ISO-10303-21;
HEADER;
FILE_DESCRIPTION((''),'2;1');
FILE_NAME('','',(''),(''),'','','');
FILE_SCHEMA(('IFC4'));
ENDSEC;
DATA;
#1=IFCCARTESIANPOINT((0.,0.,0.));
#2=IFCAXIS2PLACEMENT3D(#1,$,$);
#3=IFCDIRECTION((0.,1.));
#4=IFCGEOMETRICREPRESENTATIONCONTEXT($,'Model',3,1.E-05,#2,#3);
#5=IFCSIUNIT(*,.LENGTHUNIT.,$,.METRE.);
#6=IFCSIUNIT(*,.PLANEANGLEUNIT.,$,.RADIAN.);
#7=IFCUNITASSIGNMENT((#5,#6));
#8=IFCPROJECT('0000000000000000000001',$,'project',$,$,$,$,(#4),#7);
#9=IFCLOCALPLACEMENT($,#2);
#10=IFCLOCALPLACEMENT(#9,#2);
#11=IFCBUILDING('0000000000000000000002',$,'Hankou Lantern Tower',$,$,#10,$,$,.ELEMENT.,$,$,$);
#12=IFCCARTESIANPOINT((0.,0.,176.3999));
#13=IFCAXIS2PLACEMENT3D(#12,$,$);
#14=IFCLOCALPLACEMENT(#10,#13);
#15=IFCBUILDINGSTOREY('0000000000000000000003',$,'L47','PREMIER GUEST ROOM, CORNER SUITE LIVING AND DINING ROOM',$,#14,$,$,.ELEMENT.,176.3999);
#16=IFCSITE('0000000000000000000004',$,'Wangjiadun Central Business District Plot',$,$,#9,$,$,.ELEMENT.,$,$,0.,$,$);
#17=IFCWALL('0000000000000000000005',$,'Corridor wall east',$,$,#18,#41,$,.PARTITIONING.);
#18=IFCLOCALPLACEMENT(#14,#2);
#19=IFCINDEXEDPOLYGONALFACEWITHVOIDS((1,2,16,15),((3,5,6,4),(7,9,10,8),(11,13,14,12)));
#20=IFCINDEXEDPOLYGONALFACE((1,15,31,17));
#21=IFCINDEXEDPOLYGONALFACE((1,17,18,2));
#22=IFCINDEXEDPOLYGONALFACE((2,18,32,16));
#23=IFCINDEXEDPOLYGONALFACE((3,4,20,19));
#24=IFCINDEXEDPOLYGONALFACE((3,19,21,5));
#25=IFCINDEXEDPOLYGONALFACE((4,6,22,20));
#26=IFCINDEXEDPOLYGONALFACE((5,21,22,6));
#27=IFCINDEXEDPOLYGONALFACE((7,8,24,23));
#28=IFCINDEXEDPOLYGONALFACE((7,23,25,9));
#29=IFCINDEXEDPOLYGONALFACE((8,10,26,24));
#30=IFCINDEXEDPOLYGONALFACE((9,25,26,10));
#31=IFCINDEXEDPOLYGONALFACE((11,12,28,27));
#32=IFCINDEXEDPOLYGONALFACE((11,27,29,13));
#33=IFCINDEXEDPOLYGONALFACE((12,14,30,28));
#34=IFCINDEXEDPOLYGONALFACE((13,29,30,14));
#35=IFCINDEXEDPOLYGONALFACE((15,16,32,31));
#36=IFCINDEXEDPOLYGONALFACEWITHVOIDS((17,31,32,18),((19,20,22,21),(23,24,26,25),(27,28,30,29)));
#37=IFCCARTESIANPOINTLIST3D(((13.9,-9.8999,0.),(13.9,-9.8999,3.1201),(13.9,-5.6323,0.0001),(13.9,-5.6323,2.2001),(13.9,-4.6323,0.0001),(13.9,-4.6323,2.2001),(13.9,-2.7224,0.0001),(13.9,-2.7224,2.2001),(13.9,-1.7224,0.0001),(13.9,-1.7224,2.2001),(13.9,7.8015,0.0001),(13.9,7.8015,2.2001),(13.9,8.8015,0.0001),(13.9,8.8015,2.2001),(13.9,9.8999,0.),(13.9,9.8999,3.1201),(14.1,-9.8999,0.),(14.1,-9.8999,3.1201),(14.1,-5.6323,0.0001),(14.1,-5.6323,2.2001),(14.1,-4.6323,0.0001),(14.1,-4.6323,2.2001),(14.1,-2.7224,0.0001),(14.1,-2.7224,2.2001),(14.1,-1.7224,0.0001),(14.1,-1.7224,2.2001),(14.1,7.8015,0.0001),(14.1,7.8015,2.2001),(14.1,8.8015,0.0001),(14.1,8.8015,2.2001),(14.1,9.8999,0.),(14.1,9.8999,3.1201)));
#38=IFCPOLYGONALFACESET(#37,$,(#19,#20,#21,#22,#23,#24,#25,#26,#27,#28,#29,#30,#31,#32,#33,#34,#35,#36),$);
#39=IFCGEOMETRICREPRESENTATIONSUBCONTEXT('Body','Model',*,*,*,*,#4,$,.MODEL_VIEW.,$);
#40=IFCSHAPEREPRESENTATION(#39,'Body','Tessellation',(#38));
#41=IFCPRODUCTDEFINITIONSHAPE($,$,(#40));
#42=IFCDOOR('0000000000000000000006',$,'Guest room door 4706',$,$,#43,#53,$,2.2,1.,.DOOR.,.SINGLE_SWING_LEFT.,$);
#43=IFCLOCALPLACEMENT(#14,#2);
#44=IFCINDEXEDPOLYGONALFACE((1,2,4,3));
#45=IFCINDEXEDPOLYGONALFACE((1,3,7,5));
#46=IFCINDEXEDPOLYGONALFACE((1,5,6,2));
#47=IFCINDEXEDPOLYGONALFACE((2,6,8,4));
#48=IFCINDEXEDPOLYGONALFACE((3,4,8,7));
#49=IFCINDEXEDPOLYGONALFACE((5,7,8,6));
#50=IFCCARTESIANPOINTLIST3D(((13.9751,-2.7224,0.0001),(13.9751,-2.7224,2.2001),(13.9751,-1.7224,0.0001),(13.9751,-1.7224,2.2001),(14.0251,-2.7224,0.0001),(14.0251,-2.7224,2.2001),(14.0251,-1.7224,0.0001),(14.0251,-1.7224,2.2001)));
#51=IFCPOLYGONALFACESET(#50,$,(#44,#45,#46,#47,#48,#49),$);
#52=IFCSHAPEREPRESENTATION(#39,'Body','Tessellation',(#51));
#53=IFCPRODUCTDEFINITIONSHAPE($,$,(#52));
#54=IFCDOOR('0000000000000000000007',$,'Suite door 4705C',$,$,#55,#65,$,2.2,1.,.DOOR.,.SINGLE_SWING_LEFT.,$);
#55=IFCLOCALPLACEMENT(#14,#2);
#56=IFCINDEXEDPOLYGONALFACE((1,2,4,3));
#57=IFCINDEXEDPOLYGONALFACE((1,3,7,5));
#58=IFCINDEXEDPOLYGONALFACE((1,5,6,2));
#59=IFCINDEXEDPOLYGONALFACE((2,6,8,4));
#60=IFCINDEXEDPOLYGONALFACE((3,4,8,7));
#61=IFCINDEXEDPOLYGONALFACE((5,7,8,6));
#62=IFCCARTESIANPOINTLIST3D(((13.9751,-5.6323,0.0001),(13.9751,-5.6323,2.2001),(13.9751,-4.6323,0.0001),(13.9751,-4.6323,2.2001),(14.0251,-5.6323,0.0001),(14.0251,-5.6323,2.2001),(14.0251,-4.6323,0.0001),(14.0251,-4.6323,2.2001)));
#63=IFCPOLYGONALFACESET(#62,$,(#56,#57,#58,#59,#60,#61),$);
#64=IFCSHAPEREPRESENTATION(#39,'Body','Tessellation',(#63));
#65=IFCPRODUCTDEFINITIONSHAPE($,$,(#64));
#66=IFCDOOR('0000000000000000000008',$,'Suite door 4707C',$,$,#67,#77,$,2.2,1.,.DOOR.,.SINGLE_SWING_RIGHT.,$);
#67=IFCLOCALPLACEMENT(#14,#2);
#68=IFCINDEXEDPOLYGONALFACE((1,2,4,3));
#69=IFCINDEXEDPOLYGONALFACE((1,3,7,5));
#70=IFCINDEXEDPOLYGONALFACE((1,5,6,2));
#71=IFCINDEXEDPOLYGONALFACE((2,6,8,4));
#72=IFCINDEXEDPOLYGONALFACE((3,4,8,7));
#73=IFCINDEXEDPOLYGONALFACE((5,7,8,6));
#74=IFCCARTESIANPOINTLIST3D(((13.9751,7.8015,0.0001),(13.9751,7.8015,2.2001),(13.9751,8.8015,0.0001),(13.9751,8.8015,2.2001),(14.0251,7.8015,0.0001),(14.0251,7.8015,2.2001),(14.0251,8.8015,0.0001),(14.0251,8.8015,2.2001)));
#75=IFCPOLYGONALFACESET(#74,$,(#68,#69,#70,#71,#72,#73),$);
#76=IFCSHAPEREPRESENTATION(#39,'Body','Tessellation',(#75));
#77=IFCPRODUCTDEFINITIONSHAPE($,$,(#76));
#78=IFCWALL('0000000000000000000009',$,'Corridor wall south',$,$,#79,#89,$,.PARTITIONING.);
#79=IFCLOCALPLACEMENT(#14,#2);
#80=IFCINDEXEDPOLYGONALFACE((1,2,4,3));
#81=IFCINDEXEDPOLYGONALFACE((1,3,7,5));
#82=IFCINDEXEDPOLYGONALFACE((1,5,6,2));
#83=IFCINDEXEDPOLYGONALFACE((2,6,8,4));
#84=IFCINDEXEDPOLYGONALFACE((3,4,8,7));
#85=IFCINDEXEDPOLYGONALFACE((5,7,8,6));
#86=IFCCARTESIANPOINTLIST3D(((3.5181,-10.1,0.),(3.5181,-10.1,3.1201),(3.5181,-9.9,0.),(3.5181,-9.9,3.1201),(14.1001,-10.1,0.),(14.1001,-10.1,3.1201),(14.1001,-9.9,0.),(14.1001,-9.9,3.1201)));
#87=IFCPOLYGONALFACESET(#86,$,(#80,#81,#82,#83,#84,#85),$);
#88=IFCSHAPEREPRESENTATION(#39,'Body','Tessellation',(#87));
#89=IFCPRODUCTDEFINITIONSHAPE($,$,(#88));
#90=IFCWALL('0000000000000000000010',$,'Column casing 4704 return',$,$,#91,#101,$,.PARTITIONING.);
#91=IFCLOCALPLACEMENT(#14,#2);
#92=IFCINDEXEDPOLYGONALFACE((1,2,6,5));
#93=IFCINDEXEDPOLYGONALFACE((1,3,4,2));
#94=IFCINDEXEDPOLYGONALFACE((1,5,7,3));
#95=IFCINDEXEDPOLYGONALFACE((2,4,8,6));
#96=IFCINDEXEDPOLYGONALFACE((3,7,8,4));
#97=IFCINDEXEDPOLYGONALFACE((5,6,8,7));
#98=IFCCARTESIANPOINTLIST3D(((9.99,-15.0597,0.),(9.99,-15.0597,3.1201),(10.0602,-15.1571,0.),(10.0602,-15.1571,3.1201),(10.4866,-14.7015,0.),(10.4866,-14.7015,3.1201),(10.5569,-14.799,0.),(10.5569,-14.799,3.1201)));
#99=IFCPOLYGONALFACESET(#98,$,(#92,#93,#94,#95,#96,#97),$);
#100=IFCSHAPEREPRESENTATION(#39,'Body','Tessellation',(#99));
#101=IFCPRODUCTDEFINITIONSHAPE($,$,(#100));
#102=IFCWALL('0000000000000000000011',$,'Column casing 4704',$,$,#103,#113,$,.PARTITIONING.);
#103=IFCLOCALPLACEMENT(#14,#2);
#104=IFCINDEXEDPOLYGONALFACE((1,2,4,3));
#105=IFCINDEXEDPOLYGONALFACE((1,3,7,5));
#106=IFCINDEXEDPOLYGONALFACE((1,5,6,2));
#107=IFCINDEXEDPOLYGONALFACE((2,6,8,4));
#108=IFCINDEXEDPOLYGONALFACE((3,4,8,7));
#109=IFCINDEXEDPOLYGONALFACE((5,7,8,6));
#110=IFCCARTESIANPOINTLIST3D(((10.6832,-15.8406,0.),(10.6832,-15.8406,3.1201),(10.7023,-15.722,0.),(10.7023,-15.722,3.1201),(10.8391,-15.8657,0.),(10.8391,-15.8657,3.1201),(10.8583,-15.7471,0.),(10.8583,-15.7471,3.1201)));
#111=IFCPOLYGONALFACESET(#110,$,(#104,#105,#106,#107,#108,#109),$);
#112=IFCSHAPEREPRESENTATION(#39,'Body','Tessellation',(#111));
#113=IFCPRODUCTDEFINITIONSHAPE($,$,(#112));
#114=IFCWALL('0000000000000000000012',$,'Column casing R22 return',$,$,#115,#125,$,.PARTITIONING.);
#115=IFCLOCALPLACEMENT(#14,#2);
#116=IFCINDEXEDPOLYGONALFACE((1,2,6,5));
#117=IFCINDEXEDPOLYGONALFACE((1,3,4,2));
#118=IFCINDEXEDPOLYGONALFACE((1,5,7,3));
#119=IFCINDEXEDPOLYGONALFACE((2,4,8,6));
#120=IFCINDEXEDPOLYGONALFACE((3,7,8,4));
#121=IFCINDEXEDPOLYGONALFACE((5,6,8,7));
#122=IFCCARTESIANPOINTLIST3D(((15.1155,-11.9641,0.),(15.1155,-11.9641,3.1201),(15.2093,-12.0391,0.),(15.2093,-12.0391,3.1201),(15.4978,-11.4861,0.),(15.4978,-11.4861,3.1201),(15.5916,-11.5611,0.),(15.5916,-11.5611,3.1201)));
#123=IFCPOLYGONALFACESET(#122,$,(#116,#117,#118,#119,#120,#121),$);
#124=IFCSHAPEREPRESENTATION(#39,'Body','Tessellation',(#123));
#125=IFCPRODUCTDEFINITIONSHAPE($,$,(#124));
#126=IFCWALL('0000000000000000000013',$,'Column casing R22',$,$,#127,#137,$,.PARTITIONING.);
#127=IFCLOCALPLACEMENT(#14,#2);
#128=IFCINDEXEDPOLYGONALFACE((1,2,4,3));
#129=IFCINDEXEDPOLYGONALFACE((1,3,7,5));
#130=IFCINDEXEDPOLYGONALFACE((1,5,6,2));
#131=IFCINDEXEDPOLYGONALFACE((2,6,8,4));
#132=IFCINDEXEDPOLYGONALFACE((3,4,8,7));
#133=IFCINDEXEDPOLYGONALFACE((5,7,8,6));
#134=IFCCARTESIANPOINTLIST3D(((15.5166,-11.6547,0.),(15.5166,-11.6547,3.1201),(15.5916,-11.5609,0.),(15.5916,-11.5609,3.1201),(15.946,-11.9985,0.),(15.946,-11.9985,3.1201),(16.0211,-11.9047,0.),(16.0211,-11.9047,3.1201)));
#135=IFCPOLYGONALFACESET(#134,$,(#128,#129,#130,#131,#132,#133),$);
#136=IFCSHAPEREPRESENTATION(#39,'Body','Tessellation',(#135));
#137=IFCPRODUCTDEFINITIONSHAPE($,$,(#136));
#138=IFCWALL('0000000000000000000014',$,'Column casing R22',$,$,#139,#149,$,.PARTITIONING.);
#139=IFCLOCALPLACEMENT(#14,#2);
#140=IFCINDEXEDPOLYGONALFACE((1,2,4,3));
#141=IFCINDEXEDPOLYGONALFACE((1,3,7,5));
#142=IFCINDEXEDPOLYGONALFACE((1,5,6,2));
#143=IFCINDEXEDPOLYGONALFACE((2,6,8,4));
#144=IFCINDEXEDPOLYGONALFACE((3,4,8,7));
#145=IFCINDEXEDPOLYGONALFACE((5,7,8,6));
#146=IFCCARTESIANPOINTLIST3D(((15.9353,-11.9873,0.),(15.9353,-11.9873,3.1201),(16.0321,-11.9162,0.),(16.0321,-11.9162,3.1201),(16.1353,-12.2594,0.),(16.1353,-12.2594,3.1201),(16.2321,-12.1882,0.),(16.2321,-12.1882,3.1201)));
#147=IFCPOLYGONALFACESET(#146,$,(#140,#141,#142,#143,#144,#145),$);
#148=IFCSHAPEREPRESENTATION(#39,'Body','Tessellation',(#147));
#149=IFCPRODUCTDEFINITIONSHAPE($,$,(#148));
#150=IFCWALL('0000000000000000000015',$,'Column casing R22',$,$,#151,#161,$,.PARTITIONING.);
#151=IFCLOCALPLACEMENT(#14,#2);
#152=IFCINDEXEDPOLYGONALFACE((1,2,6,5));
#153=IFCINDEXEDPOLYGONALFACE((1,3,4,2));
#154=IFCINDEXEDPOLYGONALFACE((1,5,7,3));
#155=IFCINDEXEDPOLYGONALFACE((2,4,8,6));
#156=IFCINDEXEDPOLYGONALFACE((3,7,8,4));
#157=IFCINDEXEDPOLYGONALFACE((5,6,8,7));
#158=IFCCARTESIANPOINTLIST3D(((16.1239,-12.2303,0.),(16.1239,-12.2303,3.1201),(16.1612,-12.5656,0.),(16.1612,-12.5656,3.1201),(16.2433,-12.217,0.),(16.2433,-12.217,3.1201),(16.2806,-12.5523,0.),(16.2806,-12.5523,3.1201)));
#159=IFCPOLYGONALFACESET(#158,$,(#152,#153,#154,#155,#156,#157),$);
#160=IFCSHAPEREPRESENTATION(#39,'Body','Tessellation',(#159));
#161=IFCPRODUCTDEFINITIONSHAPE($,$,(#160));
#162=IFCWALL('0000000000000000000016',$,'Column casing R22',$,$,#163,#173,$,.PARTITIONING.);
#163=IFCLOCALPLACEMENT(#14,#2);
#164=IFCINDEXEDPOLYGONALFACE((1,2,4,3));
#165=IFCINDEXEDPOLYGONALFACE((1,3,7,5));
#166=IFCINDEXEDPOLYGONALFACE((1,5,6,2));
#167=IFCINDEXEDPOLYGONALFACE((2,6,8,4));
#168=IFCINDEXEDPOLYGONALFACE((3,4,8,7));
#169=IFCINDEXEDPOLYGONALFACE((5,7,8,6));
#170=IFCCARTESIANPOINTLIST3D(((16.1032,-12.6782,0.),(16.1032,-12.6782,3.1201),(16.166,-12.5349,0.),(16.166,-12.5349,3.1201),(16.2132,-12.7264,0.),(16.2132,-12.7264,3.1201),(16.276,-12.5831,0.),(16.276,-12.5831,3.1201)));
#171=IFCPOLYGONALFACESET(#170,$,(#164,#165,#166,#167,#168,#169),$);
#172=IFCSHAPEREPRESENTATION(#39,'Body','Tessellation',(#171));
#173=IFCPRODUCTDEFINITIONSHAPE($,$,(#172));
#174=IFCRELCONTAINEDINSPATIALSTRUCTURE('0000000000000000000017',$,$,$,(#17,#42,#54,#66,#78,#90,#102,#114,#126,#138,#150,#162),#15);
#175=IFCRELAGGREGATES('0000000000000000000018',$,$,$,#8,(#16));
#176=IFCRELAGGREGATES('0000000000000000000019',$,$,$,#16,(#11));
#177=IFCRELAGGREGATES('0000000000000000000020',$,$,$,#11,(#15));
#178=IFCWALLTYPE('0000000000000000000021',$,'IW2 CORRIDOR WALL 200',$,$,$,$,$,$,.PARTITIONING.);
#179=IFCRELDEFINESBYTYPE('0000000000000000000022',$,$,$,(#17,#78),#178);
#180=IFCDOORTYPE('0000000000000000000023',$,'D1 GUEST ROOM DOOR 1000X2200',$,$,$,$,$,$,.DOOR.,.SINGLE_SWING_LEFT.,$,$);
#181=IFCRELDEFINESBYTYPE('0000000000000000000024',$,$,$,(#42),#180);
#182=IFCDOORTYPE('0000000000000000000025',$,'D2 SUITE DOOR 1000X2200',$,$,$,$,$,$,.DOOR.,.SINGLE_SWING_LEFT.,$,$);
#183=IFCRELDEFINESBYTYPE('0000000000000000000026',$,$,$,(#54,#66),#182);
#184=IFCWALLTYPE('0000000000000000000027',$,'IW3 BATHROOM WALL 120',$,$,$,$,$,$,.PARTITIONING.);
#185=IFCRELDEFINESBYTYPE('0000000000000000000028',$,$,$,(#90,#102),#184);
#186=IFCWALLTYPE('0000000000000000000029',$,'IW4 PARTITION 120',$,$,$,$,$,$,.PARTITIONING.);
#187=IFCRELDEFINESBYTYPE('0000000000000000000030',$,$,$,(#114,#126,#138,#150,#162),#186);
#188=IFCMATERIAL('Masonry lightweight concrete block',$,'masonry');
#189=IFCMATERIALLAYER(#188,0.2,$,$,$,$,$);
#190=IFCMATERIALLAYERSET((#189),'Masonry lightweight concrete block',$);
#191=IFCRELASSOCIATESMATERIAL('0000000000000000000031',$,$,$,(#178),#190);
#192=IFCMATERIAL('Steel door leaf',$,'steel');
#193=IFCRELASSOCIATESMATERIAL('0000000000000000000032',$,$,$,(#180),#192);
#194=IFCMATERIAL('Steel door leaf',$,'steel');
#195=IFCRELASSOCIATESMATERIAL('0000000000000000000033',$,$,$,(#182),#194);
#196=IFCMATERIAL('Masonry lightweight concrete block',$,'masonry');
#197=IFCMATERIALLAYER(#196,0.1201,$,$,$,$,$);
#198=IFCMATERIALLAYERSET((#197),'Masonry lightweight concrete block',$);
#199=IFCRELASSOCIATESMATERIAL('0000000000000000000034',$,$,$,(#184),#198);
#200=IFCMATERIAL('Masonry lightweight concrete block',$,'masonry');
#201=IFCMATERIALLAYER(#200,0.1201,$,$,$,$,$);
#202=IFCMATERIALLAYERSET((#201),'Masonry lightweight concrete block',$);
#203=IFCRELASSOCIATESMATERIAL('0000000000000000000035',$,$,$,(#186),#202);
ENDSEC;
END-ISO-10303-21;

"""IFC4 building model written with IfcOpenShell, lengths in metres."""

from ifc_helpers import new_model, si_unit, direction, frame, frame_2d, origin, place, context, subcontext, project, spatial, rectangle, extrude, material, layer, layer_set, type_object, element, fill, save


model = new_model("IFC4")

# Units and contexts
model_context = context("Model", 3, precision=1e-05, world=origin(), true_north=direction((0.0, 1.0)))
body_context = subcontext(model_context, "Body", "Model", "MODEL_VIEW")
ifc_project = project(units=[si_unit("LENGTHUNIT", "METRE"), si_unit("PLANEANGLEUNIT", "RADIAN")], contexts=[model_context])

# Site, building, storey
site_placement = place(None, origin())
site = spatial("IfcSite", under=ifc_project, at=site_placement, Name="Wangjiadun Central Business District Plot", CompositionType="ELEMENT", RefElevation=0.0)
building_placement = place(site_placement, origin())
building = spatial("IfcBuilding", under=site, at=building_placement, Name="Hankou Lantern Tower", CompositionType="ELEMENT")
storey_placement = place(building_placement, frame((0.0, 0.0, 176.3999)))
storey = spatial("IfcBuildingStorey", under=building, at=storey_placement, Name="L47", Description="PREMIER GUEST ROOM, CORNER SUITE LIVING AND DINING ROOM", CompositionType="ELEMENT", Elevation=176.3999)

# Wall, openings, doors
ifc_material_1 = material(Name="Masonry lightweight concrete block", Category="masonry")
ifc_layer_1 = layer(ifc_material_1, 0.2)
ifc_layer_set_1 = layer_set([ifc_layer_1], Name="Masonry lightweight concrete block")
wall_type_1 = type_object("IfcWallType", Name="IW2 CORRIDOR WALL 200", PredefinedType="PARTITIONING", material=ifc_layer_set_1)
wall_1_placement = place(storey_placement, frame((14.0, -9.8999, 0.0), z_axis=(0.0, 0.0, 1.0), x_axis=(0.0, 1.0, 0.0)))
wall_1 = element("IfcWall", 1, at=wall_1_placement, inside=storey, type_object=wall_type_1, Name="Corridor wall east", PredefinedType="PARTITIONING", context=body_context, shape_type="SweptSolid", body=[
    extrude(rectangle(XDim=19.7998, YDim=0.2, at=frame_2d((9.8999, 0.0))), origin(), (0.0, 0.0, 1.0), 3.1201),
])
opening_1_placement = place(wall_1_placement, frame((4.2676, 0.0, 0.0)))
opening_1 = element("IfcOpeningElement", 2, at=opening_1_placement, cuts=wall_1, PredefinedType="OPENING", context=body_context, shape_type="SweptSolid", body=[
    extrude(rectangle(XDim=1.0, YDim=2.2, at=frame_2d((0.5, 1.1001))), frame((0.0, 0.1099, 0.0), z_axis=(0.0, -1.0, 0.0), x_axis=(1.0, 0.0, 0.0)), (0.0, 0.0, 1.0), 0.22),
])
opening_2_placement = place(wall_1_placement, frame((7.1775, 0.0, 0.0)))
opening_2 = element("IfcOpeningElement", 3, at=opening_2_placement, cuts=wall_1, PredefinedType="OPENING", context=body_context, shape_type="SweptSolid", body=[
    extrude(rectangle(XDim=1.0, YDim=2.2, at=frame_2d((0.5, 1.1001))), frame((0.0, 0.1099, 0.0), z_axis=(0.0, -1.0, 0.0), x_axis=(1.0, 0.0, 0.0)), (0.0, 0.0, 1.0), 0.22),
])
opening_3_placement = place(wall_1_placement, frame((17.7014, 0.0, 0.0)))
opening_3 = element("IfcOpeningElement", 4, at=opening_3_placement, cuts=wall_1, PredefinedType="OPENING", context=body_context, shape_type="SweptSolid", body=[
    extrude(rectangle(XDim=1.0, YDim=2.2, at=frame_2d((0.5, 1.1001))), frame((0.0, 0.1099, 0.0), z_axis=(0.0, -1.0, 0.0), x_axis=(1.0, 0.0, 0.0)), (0.0, 0.0, 1.0), 0.22),
])
ifc_material_2 = material(Name="Steel door leaf", Category="steel")
door_type_1 = type_object("IfcDoorType", Name="D1 GUEST ROOM DOOR 1000X2200", OperationType="SINGLE_SWING_LEFT", PredefinedType="DOOR", material=ifc_material_2)
door_1_placement = place(opening_2_placement, origin())
door_1 = element("IfcDoor", 5, at=door_1_placement, inside=storey, type_object=door_type_1, Name="Guest room door 4706", OperationType="SINGLE_SWING_LEFT", OverallHeight=2.2, OverallWidth=1.0, PredefinedType="DOOR", context=body_context, shape_type="SweptSolid", body=[
    extrude(rectangle(XDim=1.0, YDim=2.2, at=frame_2d((0.5, 1.1001))), frame((0.0, 0.0249, 0.0), z_axis=(0.0, -1.0, 0.0), x_axis=(1.0, 0.0, 0.0)), (0.0, 0.0, 1.0), 0.05),
])
fill(opening_2, door_1)
ifc_material_3 = material(Name="Steel door leaf", Category="steel")
door_type_2 = type_object("IfcDoorType", Name="D2 SUITE DOOR 1000X2200", OperationType="SINGLE_SWING_LEFT", PredefinedType="DOOR", material=ifc_material_3)
door_2_placement = place(opening_1_placement, origin())
door_2 = element("IfcDoor", 6, at=door_2_placement, inside=storey, type_object=door_type_2, Name="Suite door 4705C", OperationType="SINGLE_SWING_LEFT", OverallHeight=2.2, OverallWidth=1.0, PredefinedType="DOOR", context=body_context, shape_type="SweptSolid", body=[
    extrude(rectangle(XDim=1.0, YDim=2.2, at=frame_2d((0.5, 1.1001))), frame((0.0, 0.0249, 0.0), z_axis=(0.0, -1.0, 0.0), x_axis=(1.0, 0.0, 0.0)), (0.0, 0.0, 1.0), 0.05),
])
fill(opening_1, door_2)
door_3_placement = place(opening_3_placement, origin())
door_3 = element("IfcDoor", 7, at=door_3_placement, inside=storey, type_object=door_type_2, Name="Suite door 4707C", OperationType="SINGLE_SWING_RIGHT", OverallHeight=2.2, OverallWidth=1.0, PredefinedType="DOOR", context=body_context, shape_type="SweptSolid", body=[
    extrude(rectangle(XDim=1.0, YDim=2.2, at=frame_2d((0.5, 1.1001))), frame((0.0, 0.0249, 0.0), z_axis=(0.0, -1.0, 0.0), x_axis=(1.0, 0.0, 0.0)), (0.0, 0.0, 1.0), 0.05),
])
fill(opening_3, door_3)

# Walls
wall_2_placement = place(storey_placement, frame((14.1001, -10.0, 0.0), z_axis=(0.0, 0.0, 1.0), x_axis=(-1.0, 0.0, 0.0)))
element("IfcWall", 8, at=wall_2_placement, inside=storey, type_object=wall_type_1, Name="Corridor wall south", PredefinedType="PARTITIONING", context=body_context, shape_type="SweptSolid", body=[
    extrude(rectangle(XDim=10.582, YDim=0.2, at=frame_2d((5.291, 0.0))), origin(), (0.0, 0.0, 1.0), 3.1201),
])
ifc_material_4 = material(Name="Masonry lightweight concrete block", Category="masonry")
ifc_layer_2 = layer(ifc_material_4, 0.1201)
ifc_layer_set_2 = layer_set([ifc_layer_2], Name="Masonry lightweight concrete block")
wall_type_2 = type_object("IfcWallType", Name="IW3 BATHROOM WALL 120", PredefinedType="PARTITIONING", material=ifc_layer_set_2)
wall_3_placement = place(storey_placement, frame((10.5217, -14.7502, 0.0), z_axis=(0.0, 0.0, 1.0), x_axis=(-0.811058, -0.584966, 0.0)))
element("IfcWall", 9, at=wall_3_placement, inside=storey, type_object=wall_type_2, Name="Column casing 4704 return", PredefinedType="PARTITIONING", context=body_context, shape_type="SweptSolid", body=[
    extrude(rectangle(XDim=0.6123, YDim=0.1201, at=frame_2d((0.3062, 0.0))), origin(), (0.0, 0.0, 1.0), 3.1201),
])
wall_4_placement = place(storey_placement, frame((10.6926, -15.7812, 0.0), z_axis=(0.0, 0.0, 1.0), x_axis=(0.987257, -0.159135, 0.0)))
element("IfcWall", 10, at=wall_4_placement, inside=storey, type_object=wall_type_2, Name="Column casing 4704", PredefinedType="PARTITIONING", context=body_context, shape_type="SweptSolid", body=[
    extrude(rectangle(XDim=0.158, YDim=0.1201, at=frame_2d((0.0791, 0.0))), origin(), (0.0, 0.0, 1.0), 3.1201),
])
ifc_material_5 = material(Name="Masonry lightweight concrete block", Category="masonry")
ifc_layer_3 = layer(ifc_material_5, 0.1201)
ifc_layer_set_3 = layer_set([ifc_layer_3], Name="Masonry lightweight concrete block")
wall_type_3 = type_object("IfcWallType", Name="IW4 PARTITION 120", PredefinedType="PARTITIONING", material=ifc_layer_set_3)
wall_5_placement = place(storey_placement, frame((15.1624, -12.0017, 0.0), z_axis=(0.0, 0.0, 1.0), x_axis=(0.624598, 0.780947, 0.0)))
element("IfcWall", 11, at=wall_5_placement, inside=storey, type_object=wall_type_3, Name="Column casing R22 return", PredefinedType="PARTITIONING", context=body_context, shape_type="SweptSolid", body=[
    extrude(rectangle(XDim=0.6121, YDim=0.1201, at=frame_2d((0.3062, 0.0))), origin(), (0.0, 0.0, 1.0), 3.1201),
])
wall_6_placement = place(storey_placement, frame((15.5542, -11.6079, 0.0), z_axis=(0.0, 0.0, 1.0), x_axis=(0.780696, -0.624912, 0.0)))
element("IfcWall", 12, at=wall_6_placement, inside=storey, type_object=wall_type_3, Name="Column casing R22", PredefinedType="PARTITIONING", context=body_context, shape_type="SweptSolid", body=[
    extrude(rectangle(XDim=0.55, YDim=0.1201, at=frame_2d((0.2749, 0.0))), origin(), (0.0, 0.0, 1.0), 3.1201),
])
wall_7_placement = place(storey_placement, frame((15.9836, -11.9517, 0.0), z_axis=(0.0, 0.0, 1.0), x_axis=(0.592335, -0.805692, 0.0)))
element("IfcWall", 13, at=wall_7_placement, inside=storey, type_object=wall_type_3, Name="Column casing R22", PredefinedType="PARTITIONING", context=body_context, shape_type="SweptSolid", body=[
    extrude(rectangle(XDim=0.3376, YDim=0.1201, at=frame_2d((0.1689, 0.0))), origin(), (0.0, 0.0, 1.0), 3.1201),
])
wall_8_placement = place(storey_placement, frame((16.1836, -12.2236, 0.0), z_axis=(0.0, 0.0, 1.0), x_axis=(0.11067, -0.993857, 0.0)))
element("IfcWall", 14, at=wall_8_placement, inside=storey, type_object=wall_type_3, Name="Column casing R22", PredefinedType="PARTITIONING", context=body_context, shape_type="SweptSolid", body=[
    extrude(rectangle(XDim=0.3374, YDim=0.1201, at=frame_2d((0.1687, 0.0))), origin(), (0.0, 0.0, 1.0), 3.1201),
])
wall_9_placement = place(storey_placement, frame((16.2209, -12.5591, 0.0), z_axis=(0.0, 0.0, 1.0), x_axis=(-0.401064, -0.91605, 0.0)))
element("IfcWall", 15, at=wall_9_placement, inside=storey, type_object=wall_type_3, Name="Column casing R22", PredefinedType="PARTITIONING", context=body_context, shape_type="SweptSolid", body=[
    extrude(rectangle(XDim=0.1565, YDim=0.1201, at=frame_2d((0.0781, 0.0))), origin(), (0.0, 0.0, 1.0), 3.1201),
])

save(model, "model.ifc")
